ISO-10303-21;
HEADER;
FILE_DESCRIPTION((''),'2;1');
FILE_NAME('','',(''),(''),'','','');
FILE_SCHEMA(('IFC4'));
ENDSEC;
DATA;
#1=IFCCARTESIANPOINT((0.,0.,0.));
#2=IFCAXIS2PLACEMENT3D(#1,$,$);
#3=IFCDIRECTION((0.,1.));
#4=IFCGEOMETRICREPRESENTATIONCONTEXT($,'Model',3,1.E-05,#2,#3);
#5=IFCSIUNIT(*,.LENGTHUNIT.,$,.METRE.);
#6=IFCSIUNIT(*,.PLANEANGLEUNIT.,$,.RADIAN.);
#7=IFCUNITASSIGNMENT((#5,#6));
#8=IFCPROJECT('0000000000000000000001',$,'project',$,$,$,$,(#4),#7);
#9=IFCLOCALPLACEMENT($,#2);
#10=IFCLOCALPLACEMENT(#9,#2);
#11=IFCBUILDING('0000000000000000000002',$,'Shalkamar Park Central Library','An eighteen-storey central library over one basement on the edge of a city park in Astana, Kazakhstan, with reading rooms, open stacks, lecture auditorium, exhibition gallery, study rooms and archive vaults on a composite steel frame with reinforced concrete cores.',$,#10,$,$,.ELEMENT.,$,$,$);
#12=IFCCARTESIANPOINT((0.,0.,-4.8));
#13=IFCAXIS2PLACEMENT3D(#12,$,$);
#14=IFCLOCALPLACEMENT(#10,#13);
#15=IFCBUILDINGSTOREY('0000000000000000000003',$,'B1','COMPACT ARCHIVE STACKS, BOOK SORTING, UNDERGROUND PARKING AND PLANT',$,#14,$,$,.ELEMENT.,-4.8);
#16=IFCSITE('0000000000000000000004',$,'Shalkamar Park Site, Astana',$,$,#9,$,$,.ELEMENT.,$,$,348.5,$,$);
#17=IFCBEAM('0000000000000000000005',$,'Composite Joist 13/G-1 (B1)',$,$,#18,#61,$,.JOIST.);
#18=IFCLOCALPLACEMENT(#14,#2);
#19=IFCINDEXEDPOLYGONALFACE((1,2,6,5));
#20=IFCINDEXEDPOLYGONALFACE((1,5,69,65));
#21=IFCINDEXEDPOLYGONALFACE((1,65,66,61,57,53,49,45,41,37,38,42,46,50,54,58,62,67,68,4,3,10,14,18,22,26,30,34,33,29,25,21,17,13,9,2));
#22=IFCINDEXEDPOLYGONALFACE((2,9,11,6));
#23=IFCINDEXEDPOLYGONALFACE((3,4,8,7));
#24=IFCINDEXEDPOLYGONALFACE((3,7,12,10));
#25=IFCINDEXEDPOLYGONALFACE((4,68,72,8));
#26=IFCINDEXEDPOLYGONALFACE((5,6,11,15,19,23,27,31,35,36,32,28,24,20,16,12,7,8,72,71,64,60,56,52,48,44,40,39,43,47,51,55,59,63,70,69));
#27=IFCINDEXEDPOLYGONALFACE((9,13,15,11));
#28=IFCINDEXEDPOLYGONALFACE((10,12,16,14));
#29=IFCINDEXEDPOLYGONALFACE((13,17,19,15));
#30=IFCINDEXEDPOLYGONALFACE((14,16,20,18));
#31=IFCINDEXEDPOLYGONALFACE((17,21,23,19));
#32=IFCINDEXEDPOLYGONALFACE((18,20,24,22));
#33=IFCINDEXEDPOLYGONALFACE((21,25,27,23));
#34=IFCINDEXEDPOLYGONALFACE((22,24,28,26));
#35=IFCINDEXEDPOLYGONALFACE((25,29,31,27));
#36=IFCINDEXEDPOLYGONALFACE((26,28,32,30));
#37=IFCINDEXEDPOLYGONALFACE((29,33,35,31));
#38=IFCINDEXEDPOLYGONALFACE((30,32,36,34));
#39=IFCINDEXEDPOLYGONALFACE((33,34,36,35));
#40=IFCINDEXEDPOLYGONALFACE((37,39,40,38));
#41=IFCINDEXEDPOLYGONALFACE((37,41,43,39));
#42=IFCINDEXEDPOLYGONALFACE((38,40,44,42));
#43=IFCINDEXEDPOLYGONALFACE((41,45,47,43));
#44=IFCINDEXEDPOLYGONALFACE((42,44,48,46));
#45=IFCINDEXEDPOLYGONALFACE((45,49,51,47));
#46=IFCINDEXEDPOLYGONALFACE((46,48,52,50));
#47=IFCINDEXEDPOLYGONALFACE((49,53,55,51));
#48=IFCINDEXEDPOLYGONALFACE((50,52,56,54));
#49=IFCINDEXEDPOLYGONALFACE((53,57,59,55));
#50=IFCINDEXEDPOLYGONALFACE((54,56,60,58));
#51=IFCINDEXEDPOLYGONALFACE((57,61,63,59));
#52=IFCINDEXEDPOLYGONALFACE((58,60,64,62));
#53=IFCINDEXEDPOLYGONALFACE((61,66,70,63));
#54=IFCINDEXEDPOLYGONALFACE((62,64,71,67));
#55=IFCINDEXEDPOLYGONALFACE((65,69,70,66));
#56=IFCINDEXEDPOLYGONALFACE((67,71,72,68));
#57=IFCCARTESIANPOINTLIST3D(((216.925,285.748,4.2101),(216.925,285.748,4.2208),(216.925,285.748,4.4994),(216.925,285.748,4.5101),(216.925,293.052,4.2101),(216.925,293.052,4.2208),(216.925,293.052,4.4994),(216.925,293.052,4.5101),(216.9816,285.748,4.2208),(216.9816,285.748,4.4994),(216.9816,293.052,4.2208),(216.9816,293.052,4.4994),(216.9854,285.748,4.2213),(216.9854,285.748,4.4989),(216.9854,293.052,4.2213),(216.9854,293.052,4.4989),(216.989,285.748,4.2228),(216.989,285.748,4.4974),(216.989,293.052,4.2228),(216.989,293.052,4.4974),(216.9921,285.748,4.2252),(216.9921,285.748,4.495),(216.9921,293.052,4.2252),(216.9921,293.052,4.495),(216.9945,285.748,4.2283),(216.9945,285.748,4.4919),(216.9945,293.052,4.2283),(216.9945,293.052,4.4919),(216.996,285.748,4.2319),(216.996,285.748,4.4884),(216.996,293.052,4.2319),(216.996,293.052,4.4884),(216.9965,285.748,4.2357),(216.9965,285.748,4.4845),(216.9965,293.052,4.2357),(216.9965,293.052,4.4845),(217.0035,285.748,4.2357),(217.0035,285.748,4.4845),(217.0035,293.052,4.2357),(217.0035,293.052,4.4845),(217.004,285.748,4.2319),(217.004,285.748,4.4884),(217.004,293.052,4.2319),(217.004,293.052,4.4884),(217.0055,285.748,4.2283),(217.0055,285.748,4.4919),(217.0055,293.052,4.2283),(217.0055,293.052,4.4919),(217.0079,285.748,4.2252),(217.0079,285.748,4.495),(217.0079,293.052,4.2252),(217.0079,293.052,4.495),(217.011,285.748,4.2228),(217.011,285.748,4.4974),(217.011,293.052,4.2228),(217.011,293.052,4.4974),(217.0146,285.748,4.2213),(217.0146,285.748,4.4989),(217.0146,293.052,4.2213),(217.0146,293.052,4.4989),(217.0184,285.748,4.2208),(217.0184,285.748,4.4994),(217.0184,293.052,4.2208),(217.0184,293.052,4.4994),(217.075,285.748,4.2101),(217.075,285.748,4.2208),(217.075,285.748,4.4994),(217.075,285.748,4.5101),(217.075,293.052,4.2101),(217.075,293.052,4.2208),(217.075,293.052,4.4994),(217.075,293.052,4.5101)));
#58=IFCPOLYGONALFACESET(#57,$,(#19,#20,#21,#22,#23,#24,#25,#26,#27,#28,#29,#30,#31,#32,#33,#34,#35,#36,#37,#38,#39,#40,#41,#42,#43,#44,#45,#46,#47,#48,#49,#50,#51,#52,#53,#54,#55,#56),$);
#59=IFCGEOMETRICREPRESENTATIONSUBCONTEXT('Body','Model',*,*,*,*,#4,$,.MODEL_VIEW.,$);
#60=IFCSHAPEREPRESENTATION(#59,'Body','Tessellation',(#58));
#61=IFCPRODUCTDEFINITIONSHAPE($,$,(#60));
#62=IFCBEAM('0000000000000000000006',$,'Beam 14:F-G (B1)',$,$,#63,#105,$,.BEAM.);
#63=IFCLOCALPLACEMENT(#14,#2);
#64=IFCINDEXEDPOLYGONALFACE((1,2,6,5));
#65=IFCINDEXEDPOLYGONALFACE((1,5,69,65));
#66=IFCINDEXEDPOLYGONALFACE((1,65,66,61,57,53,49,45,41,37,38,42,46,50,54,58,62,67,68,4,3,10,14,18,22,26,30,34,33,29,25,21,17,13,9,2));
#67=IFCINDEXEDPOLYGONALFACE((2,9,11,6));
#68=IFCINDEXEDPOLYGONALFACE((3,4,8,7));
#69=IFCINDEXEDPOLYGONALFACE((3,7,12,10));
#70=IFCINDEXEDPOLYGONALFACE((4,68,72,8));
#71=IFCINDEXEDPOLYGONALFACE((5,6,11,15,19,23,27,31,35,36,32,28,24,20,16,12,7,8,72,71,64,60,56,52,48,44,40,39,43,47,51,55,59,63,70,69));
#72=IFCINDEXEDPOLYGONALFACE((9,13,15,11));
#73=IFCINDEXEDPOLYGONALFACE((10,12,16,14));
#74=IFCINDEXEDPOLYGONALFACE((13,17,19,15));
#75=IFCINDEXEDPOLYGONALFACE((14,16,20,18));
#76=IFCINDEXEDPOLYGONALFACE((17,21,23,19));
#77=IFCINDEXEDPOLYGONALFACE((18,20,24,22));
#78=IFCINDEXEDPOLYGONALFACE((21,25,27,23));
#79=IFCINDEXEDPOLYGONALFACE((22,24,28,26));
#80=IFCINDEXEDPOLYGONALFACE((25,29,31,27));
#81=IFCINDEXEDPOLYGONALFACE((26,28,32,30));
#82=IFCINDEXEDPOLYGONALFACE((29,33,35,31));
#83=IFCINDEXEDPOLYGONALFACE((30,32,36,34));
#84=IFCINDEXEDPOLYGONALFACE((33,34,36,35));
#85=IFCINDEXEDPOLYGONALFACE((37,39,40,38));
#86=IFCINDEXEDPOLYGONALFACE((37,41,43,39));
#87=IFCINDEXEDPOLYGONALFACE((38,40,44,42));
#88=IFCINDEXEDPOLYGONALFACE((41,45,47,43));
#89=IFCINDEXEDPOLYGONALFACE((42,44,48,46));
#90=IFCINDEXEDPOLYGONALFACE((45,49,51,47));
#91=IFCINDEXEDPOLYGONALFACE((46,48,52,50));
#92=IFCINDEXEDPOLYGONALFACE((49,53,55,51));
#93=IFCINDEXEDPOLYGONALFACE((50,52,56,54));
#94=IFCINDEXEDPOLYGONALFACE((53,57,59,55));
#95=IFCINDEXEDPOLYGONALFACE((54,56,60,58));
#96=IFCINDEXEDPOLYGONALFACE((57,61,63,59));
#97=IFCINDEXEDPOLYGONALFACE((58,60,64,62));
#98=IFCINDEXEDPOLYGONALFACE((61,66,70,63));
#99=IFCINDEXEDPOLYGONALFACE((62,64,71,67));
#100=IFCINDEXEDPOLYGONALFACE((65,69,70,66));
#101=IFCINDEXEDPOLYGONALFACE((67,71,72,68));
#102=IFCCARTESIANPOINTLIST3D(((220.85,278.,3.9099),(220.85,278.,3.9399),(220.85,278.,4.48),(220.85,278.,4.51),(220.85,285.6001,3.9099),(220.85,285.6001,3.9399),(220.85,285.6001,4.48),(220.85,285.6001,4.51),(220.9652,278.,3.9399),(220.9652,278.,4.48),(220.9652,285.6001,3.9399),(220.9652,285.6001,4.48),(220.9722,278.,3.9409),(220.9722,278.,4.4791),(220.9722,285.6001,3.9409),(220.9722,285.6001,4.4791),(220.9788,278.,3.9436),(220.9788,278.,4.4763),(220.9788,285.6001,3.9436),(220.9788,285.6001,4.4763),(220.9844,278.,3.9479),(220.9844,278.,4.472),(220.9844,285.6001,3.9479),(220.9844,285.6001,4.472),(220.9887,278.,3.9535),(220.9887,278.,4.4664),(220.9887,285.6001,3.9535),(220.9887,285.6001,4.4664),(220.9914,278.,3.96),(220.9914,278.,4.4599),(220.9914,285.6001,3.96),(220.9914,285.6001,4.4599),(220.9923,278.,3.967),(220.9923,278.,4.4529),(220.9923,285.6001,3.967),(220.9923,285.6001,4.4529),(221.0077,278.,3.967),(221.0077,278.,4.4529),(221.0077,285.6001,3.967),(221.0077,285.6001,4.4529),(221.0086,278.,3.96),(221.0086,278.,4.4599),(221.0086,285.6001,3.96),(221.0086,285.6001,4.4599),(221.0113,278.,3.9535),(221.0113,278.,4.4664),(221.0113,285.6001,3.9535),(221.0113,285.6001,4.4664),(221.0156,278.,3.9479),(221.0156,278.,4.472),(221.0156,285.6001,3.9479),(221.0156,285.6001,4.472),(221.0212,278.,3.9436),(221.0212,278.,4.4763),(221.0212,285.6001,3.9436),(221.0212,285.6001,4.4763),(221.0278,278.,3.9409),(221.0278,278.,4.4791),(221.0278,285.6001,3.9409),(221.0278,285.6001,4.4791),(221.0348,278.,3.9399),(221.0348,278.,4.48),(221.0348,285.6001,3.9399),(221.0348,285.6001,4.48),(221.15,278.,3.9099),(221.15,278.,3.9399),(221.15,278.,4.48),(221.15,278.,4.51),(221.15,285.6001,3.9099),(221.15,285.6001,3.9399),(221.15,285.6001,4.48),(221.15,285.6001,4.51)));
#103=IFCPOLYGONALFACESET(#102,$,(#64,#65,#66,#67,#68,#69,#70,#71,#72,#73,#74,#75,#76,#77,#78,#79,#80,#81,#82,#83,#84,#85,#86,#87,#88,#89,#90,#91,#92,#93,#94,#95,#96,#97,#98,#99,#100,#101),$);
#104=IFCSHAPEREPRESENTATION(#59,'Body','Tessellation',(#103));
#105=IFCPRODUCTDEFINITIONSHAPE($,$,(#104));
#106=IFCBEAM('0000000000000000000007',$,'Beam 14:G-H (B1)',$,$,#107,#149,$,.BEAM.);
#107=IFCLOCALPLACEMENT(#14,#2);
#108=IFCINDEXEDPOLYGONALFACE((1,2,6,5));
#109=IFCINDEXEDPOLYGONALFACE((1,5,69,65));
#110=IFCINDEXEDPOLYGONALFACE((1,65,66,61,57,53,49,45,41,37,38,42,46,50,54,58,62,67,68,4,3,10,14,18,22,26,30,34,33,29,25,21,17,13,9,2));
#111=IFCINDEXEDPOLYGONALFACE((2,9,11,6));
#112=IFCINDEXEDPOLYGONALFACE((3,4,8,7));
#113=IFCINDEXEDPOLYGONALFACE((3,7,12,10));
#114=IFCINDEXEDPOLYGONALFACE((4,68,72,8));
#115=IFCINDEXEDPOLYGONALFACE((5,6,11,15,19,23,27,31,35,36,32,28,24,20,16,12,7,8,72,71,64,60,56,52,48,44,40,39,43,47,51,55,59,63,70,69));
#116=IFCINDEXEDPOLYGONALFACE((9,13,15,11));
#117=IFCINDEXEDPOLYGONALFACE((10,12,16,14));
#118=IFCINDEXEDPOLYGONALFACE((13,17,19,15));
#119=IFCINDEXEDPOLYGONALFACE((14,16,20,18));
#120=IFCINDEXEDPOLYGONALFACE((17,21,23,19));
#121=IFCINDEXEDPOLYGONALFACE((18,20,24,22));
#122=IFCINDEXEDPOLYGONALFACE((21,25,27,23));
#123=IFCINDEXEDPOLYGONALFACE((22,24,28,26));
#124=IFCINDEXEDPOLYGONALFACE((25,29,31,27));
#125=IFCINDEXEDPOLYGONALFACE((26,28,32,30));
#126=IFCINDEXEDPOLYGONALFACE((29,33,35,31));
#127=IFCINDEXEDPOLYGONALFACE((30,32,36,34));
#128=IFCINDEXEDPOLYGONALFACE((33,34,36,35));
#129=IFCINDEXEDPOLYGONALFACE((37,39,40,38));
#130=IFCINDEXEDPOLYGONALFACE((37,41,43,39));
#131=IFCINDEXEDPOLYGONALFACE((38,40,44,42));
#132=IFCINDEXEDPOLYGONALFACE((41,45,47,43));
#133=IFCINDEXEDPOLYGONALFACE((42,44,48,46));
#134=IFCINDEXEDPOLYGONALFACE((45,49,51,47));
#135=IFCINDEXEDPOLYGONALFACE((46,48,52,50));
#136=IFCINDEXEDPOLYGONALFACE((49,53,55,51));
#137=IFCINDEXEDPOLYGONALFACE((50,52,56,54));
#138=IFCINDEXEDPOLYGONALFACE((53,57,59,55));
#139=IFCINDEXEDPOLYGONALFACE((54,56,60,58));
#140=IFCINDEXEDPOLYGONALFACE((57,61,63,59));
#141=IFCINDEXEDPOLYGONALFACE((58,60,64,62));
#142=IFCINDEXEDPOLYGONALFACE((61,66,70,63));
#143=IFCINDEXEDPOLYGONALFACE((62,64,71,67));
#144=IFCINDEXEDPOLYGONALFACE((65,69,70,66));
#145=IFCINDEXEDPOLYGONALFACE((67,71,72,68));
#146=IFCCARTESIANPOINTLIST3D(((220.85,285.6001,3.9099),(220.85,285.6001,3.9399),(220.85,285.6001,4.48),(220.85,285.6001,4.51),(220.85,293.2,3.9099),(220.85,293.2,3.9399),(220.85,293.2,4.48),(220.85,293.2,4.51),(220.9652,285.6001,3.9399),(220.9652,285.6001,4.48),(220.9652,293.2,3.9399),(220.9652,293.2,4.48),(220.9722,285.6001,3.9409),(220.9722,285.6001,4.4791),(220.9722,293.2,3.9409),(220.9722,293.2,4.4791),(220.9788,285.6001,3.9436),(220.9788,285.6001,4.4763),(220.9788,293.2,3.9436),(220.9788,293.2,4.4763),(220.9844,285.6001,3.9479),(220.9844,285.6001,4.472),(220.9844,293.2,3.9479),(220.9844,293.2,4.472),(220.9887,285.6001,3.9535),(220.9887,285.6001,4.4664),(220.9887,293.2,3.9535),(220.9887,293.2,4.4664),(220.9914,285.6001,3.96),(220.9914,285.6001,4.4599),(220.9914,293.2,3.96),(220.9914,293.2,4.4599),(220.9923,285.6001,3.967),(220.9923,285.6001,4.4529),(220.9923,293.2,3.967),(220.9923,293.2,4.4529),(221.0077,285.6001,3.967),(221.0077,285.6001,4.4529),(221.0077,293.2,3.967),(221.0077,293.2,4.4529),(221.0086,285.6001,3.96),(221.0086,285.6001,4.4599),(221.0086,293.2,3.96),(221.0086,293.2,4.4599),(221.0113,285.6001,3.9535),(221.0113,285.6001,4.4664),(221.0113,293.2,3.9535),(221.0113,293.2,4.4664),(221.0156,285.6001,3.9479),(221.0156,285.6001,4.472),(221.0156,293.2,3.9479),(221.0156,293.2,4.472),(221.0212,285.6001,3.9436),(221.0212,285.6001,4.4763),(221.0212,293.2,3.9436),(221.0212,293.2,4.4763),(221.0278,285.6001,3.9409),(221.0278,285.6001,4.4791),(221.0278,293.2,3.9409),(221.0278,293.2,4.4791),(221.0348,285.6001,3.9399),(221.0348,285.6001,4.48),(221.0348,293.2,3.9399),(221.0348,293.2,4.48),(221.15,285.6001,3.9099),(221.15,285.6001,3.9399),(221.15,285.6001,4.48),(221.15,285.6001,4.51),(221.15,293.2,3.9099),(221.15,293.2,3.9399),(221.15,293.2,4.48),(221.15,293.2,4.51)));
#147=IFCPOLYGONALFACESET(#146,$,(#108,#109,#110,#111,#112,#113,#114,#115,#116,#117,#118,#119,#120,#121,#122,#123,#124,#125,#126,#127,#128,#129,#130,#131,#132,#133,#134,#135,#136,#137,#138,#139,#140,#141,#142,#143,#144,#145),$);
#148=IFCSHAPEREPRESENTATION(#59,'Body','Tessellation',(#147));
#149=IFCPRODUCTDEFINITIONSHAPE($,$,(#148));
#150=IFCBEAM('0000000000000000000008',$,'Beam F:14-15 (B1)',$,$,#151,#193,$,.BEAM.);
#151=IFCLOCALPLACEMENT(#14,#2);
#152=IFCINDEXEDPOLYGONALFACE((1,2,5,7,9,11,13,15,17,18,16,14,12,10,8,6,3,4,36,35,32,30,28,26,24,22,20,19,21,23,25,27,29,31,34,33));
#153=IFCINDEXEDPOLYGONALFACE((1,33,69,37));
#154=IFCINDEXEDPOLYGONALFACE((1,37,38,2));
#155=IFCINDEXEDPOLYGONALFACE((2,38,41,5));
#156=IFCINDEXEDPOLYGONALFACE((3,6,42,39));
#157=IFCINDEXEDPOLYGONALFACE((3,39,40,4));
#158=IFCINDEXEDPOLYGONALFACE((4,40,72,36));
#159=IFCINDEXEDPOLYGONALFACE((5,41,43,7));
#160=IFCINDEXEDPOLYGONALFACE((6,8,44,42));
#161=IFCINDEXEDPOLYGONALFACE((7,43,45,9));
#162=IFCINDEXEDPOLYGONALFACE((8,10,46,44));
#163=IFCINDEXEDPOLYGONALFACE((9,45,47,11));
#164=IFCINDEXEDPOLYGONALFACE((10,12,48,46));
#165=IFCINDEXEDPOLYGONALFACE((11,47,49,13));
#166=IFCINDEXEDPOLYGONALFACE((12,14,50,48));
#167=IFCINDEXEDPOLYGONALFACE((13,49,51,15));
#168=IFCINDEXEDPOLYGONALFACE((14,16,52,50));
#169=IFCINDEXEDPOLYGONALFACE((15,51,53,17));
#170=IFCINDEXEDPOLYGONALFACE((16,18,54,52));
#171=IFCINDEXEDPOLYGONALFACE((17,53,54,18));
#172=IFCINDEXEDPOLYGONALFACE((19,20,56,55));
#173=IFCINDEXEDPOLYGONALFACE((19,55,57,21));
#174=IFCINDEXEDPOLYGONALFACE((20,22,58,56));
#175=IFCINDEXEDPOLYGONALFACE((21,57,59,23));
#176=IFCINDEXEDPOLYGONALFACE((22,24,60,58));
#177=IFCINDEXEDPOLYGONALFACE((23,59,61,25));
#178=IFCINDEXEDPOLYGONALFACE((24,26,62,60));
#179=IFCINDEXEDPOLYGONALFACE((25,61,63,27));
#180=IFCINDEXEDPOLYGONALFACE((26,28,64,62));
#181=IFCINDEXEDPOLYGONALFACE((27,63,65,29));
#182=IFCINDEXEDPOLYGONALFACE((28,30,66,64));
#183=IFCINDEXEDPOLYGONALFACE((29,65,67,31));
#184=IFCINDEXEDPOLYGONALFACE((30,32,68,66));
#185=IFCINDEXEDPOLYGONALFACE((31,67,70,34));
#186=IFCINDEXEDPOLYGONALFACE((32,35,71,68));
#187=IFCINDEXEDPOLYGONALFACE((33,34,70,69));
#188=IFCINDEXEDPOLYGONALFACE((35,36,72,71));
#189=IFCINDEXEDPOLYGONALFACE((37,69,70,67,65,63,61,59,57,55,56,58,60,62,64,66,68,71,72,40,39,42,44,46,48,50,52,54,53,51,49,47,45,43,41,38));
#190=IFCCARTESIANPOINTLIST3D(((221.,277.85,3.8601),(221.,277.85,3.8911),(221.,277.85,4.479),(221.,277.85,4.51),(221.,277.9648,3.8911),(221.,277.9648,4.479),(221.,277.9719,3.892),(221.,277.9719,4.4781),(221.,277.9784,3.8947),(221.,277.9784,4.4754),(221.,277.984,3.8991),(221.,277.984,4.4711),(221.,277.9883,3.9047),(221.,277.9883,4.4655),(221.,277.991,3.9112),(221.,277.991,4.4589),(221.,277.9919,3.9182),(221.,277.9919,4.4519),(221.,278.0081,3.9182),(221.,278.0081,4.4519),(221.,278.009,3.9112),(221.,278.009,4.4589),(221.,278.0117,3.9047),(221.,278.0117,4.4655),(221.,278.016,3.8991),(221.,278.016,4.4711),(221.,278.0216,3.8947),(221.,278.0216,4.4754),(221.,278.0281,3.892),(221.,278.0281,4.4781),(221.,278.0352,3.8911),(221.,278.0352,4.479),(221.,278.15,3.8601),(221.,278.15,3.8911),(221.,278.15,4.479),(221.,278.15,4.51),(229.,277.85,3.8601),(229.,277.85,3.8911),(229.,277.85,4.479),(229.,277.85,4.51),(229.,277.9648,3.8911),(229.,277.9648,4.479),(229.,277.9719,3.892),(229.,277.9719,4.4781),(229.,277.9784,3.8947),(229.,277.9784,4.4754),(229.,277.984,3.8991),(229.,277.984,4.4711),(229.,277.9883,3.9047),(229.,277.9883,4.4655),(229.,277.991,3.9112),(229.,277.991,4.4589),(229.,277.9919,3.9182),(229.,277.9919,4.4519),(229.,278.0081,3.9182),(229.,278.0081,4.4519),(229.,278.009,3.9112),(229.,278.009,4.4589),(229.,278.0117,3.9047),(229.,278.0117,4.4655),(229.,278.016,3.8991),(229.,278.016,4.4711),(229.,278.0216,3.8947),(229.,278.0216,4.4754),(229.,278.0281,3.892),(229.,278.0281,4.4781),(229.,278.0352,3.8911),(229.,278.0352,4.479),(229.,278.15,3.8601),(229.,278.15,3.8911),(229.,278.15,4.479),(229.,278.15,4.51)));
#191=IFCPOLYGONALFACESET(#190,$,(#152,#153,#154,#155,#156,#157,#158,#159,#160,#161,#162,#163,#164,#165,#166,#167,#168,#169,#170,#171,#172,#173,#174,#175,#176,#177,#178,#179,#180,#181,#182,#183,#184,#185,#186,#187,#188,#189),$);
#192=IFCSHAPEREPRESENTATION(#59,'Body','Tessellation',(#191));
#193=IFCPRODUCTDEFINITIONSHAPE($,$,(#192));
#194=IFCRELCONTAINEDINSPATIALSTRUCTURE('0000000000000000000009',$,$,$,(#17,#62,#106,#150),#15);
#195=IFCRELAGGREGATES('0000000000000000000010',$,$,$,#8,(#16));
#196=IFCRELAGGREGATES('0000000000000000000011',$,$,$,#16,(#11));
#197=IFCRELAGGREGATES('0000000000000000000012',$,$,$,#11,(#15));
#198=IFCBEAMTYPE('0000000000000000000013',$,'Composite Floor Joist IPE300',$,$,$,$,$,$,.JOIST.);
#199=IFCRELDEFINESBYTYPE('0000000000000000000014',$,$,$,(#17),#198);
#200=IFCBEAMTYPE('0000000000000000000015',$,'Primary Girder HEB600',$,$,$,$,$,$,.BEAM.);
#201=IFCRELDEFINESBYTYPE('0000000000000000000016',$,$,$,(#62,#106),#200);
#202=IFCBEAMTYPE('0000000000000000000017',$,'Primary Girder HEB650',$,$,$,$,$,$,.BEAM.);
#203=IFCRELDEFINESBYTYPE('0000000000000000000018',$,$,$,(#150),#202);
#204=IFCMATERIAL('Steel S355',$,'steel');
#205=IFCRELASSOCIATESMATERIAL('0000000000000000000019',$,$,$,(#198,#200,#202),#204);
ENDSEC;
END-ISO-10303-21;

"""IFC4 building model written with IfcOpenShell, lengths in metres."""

from ifc_helpers import new_model, si_unit, direction, frame, origin, origin_2d, place, context, subcontext, project, spatial, i_section, extrude, material, material_profile, profile_set, type_object, element, save


model = new_model("IFC4")

# Units and contexts
model_context = context("Model", 3, precision=1e-05, world=origin(), true_north=direction((0.0, 1.0)))
body_context = subcontext(model_context, "Body", "Model", "MODEL_VIEW")
ifc_project = project(units=[si_unit("LENGTHUNIT", "METRE"), si_unit("PLANEANGLEUNIT", "RADIAN")], contexts=[model_context])

# Site, building, storey
site_placement = place(None, origin())
site = spatial("IfcSite", under=ifc_project, at=site_placement, Name="Shalkamar Park Site, Astana", CompositionType="ELEMENT", RefElevation=348.5)
building_placement = place(site_placement, origin())
building = spatial("IfcBuilding", under=site, at=building_placement, Name="Shalkamar Park Central Library", Description="An eighteen-storey central library over one basement on the edge of a city park in Astana, Kazakhstan, with reading rooms, open stacks, lecture auditorium, exhibition gallery, study rooms and archive vaults on a composite steel frame with reinforced concrete cores.", CompositionType="ELEMENT")
storey_placement = place(building_placement, frame((0.0, 0.0, -4.8)))
storey = spatial("IfcBuildingStorey", under=building, at=storey_placement, Name="B1", Description="COMPACT ARCHIVE STACKS, BOOK SORTING, UNDERGROUND PARKING AND PLANT", CompositionType="ELEMENT", Elevation=-4.8)

# Shared definitions
ifc_material_1 = material(Name="Steel S355", Category="steel")

# Beams
ifc_material_profile_1 = material_profile(ifc_material_1, i_section(OverallWidth=0.1499, OverallDepth=0.3, WebThickness=0.0071, FlangeThickness=0.0107, FilletRadius=0.0149, at=origin_2d()), Name="IPE 300")
ifc_profile_set_1 = profile_set([ifc_material_profile_1], Name="Steel S355")
beam_type_1 = type_object("IfcBeamType", Name="Composite Floor Joist IPE300", PredefinedType="JOIST", material=ifc_profile_set_1)
beam_1_placement = place(storey_placement, frame((217.0, 285.748, 4.3601), z_axis=(0.0, 1.0, 0.0), x_axis=(-1.0, 0.0, 0.0)))
element("IfcBeam", 1, at=beam_1_placement, inside=storey, type_object=beam_type_1, Name="Composite Joist 13/G-1 (B1)", PredefinedType="JOIST", context=body_context, shape_type="SweptSolid", body=[
    extrude(i_section(OverallWidth=0.1499, OverallDepth=0.3, WebThickness=0.0071, FlangeThickness=0.0107, FilletRadius=0.0149, at=origin_2d()), origin(), (0.0, 0.0, 1.0), 7.304),
])
ifc_material_profile_2 = material_profile(ifc_material_1, i_section(OverallWidth=0.3, OverallDepth=0.6001, WebThickness=0.0154, FlangeThickness=0.03, FilletRadius=0.0271, at=origin_2d()), Name="HEB 600")
ifc_profile_set_2 = profile_set([ifc_material_profile_2], Name="Steel S355")
beam_type_2 = type_object("IfcBeamType", Name="Primary Girder HEB600", PredefinedType="BEAM", material=ifc_profile_set_2)
beam_2_placement = place(storey_placement, frame((221.0, 278.0, 4.21), z_axis=(0.0, 1.0, 0.0), x_axis=(-1.0, 0.0, 0.0)))
element("IfcBeam", 2, at=beam_2_placement, inside=storey, type_object=beam_type_2, Name="Beam 14:F-G (B1)", PredefinedType="BEAM", context=body_context, shape_type="SweptSolid", body=[
    extrude(i_section(OverallWidth=0.3, OverallDepth=0.6001, WebThickness=0.0154, FlangeThickness=0.03, FilletRadius=0.0271, at=origin_2d()), origin(), (0.0, 0.0, 1.0), 7.6001),
])
beam_3_placement = place(storey_placement, frame((221.0, 285.6001, 4.21), z_axis=(0.0, 1.0, 0.0), x_axis=(-1.0, 0.0, 0.0)))
element("IfcBeam", 3, at=beam_3_placement, inside=storey, type_object=beam_type_2, Name="Beam 14:G-H (B1)", PredefinedType="BEAM", context=body_context, shape_type="SweptSolid", body=[
    extrude(i_section(OverallWidth=0.3, OverallDepth=0.6001, WebThickness=0.0154, FlangeThickness=0.03, FilletRadius=0.0271, at=origin_2d()), origin(), (0.0, 0.0, 1.0), 7.5999),
])
ifc_material_profile_3 = material_profile(ifc_material_1, i_section(OverallWidth=0.3, OverallDepth=0.6499, WebThickness=0.0161, FlangeThickness=0.031, FilletRadius=0.0271, at=origin_2d()), Name="HEB 650")
ifc_profile_set_3 = profile_set([ifc_material_profile_3], Name="Steel S355")
beam_type_3 = type_object("IfcBeamType", Name="Primary Girder HEB650", PredefinedType="BEAM", material=ifc_profile_set_3)
for number, where, z_axis, x_axis, name in (
    (4, (221.0, 278.0, 4.1851), (1.0, 0.0, 0.0), (0.0, 1.0, 0.0), "Beam F:14-15 (B1)"),
):
    element("IfcBeam", number, at=place(storey_placement, frame(where, z_axis=z_axis, x_axis=x_axis)), inside=storey, type_object=beam_type_3, Name=name, PredefinedType="BEAM", context=body_context, shape_type="SweptSolid", body=[
        extrude(i_section(OverallWidth=0.3, OverallDepth=0.6499, WebThickness=0.0161, FlangeThickness=0.031, FilletRadius=0.0271, at=origin_2d()), origin(), (0.0, 0.0, 1.0), 8.0),
    ])

save(model, "model.ifc")
